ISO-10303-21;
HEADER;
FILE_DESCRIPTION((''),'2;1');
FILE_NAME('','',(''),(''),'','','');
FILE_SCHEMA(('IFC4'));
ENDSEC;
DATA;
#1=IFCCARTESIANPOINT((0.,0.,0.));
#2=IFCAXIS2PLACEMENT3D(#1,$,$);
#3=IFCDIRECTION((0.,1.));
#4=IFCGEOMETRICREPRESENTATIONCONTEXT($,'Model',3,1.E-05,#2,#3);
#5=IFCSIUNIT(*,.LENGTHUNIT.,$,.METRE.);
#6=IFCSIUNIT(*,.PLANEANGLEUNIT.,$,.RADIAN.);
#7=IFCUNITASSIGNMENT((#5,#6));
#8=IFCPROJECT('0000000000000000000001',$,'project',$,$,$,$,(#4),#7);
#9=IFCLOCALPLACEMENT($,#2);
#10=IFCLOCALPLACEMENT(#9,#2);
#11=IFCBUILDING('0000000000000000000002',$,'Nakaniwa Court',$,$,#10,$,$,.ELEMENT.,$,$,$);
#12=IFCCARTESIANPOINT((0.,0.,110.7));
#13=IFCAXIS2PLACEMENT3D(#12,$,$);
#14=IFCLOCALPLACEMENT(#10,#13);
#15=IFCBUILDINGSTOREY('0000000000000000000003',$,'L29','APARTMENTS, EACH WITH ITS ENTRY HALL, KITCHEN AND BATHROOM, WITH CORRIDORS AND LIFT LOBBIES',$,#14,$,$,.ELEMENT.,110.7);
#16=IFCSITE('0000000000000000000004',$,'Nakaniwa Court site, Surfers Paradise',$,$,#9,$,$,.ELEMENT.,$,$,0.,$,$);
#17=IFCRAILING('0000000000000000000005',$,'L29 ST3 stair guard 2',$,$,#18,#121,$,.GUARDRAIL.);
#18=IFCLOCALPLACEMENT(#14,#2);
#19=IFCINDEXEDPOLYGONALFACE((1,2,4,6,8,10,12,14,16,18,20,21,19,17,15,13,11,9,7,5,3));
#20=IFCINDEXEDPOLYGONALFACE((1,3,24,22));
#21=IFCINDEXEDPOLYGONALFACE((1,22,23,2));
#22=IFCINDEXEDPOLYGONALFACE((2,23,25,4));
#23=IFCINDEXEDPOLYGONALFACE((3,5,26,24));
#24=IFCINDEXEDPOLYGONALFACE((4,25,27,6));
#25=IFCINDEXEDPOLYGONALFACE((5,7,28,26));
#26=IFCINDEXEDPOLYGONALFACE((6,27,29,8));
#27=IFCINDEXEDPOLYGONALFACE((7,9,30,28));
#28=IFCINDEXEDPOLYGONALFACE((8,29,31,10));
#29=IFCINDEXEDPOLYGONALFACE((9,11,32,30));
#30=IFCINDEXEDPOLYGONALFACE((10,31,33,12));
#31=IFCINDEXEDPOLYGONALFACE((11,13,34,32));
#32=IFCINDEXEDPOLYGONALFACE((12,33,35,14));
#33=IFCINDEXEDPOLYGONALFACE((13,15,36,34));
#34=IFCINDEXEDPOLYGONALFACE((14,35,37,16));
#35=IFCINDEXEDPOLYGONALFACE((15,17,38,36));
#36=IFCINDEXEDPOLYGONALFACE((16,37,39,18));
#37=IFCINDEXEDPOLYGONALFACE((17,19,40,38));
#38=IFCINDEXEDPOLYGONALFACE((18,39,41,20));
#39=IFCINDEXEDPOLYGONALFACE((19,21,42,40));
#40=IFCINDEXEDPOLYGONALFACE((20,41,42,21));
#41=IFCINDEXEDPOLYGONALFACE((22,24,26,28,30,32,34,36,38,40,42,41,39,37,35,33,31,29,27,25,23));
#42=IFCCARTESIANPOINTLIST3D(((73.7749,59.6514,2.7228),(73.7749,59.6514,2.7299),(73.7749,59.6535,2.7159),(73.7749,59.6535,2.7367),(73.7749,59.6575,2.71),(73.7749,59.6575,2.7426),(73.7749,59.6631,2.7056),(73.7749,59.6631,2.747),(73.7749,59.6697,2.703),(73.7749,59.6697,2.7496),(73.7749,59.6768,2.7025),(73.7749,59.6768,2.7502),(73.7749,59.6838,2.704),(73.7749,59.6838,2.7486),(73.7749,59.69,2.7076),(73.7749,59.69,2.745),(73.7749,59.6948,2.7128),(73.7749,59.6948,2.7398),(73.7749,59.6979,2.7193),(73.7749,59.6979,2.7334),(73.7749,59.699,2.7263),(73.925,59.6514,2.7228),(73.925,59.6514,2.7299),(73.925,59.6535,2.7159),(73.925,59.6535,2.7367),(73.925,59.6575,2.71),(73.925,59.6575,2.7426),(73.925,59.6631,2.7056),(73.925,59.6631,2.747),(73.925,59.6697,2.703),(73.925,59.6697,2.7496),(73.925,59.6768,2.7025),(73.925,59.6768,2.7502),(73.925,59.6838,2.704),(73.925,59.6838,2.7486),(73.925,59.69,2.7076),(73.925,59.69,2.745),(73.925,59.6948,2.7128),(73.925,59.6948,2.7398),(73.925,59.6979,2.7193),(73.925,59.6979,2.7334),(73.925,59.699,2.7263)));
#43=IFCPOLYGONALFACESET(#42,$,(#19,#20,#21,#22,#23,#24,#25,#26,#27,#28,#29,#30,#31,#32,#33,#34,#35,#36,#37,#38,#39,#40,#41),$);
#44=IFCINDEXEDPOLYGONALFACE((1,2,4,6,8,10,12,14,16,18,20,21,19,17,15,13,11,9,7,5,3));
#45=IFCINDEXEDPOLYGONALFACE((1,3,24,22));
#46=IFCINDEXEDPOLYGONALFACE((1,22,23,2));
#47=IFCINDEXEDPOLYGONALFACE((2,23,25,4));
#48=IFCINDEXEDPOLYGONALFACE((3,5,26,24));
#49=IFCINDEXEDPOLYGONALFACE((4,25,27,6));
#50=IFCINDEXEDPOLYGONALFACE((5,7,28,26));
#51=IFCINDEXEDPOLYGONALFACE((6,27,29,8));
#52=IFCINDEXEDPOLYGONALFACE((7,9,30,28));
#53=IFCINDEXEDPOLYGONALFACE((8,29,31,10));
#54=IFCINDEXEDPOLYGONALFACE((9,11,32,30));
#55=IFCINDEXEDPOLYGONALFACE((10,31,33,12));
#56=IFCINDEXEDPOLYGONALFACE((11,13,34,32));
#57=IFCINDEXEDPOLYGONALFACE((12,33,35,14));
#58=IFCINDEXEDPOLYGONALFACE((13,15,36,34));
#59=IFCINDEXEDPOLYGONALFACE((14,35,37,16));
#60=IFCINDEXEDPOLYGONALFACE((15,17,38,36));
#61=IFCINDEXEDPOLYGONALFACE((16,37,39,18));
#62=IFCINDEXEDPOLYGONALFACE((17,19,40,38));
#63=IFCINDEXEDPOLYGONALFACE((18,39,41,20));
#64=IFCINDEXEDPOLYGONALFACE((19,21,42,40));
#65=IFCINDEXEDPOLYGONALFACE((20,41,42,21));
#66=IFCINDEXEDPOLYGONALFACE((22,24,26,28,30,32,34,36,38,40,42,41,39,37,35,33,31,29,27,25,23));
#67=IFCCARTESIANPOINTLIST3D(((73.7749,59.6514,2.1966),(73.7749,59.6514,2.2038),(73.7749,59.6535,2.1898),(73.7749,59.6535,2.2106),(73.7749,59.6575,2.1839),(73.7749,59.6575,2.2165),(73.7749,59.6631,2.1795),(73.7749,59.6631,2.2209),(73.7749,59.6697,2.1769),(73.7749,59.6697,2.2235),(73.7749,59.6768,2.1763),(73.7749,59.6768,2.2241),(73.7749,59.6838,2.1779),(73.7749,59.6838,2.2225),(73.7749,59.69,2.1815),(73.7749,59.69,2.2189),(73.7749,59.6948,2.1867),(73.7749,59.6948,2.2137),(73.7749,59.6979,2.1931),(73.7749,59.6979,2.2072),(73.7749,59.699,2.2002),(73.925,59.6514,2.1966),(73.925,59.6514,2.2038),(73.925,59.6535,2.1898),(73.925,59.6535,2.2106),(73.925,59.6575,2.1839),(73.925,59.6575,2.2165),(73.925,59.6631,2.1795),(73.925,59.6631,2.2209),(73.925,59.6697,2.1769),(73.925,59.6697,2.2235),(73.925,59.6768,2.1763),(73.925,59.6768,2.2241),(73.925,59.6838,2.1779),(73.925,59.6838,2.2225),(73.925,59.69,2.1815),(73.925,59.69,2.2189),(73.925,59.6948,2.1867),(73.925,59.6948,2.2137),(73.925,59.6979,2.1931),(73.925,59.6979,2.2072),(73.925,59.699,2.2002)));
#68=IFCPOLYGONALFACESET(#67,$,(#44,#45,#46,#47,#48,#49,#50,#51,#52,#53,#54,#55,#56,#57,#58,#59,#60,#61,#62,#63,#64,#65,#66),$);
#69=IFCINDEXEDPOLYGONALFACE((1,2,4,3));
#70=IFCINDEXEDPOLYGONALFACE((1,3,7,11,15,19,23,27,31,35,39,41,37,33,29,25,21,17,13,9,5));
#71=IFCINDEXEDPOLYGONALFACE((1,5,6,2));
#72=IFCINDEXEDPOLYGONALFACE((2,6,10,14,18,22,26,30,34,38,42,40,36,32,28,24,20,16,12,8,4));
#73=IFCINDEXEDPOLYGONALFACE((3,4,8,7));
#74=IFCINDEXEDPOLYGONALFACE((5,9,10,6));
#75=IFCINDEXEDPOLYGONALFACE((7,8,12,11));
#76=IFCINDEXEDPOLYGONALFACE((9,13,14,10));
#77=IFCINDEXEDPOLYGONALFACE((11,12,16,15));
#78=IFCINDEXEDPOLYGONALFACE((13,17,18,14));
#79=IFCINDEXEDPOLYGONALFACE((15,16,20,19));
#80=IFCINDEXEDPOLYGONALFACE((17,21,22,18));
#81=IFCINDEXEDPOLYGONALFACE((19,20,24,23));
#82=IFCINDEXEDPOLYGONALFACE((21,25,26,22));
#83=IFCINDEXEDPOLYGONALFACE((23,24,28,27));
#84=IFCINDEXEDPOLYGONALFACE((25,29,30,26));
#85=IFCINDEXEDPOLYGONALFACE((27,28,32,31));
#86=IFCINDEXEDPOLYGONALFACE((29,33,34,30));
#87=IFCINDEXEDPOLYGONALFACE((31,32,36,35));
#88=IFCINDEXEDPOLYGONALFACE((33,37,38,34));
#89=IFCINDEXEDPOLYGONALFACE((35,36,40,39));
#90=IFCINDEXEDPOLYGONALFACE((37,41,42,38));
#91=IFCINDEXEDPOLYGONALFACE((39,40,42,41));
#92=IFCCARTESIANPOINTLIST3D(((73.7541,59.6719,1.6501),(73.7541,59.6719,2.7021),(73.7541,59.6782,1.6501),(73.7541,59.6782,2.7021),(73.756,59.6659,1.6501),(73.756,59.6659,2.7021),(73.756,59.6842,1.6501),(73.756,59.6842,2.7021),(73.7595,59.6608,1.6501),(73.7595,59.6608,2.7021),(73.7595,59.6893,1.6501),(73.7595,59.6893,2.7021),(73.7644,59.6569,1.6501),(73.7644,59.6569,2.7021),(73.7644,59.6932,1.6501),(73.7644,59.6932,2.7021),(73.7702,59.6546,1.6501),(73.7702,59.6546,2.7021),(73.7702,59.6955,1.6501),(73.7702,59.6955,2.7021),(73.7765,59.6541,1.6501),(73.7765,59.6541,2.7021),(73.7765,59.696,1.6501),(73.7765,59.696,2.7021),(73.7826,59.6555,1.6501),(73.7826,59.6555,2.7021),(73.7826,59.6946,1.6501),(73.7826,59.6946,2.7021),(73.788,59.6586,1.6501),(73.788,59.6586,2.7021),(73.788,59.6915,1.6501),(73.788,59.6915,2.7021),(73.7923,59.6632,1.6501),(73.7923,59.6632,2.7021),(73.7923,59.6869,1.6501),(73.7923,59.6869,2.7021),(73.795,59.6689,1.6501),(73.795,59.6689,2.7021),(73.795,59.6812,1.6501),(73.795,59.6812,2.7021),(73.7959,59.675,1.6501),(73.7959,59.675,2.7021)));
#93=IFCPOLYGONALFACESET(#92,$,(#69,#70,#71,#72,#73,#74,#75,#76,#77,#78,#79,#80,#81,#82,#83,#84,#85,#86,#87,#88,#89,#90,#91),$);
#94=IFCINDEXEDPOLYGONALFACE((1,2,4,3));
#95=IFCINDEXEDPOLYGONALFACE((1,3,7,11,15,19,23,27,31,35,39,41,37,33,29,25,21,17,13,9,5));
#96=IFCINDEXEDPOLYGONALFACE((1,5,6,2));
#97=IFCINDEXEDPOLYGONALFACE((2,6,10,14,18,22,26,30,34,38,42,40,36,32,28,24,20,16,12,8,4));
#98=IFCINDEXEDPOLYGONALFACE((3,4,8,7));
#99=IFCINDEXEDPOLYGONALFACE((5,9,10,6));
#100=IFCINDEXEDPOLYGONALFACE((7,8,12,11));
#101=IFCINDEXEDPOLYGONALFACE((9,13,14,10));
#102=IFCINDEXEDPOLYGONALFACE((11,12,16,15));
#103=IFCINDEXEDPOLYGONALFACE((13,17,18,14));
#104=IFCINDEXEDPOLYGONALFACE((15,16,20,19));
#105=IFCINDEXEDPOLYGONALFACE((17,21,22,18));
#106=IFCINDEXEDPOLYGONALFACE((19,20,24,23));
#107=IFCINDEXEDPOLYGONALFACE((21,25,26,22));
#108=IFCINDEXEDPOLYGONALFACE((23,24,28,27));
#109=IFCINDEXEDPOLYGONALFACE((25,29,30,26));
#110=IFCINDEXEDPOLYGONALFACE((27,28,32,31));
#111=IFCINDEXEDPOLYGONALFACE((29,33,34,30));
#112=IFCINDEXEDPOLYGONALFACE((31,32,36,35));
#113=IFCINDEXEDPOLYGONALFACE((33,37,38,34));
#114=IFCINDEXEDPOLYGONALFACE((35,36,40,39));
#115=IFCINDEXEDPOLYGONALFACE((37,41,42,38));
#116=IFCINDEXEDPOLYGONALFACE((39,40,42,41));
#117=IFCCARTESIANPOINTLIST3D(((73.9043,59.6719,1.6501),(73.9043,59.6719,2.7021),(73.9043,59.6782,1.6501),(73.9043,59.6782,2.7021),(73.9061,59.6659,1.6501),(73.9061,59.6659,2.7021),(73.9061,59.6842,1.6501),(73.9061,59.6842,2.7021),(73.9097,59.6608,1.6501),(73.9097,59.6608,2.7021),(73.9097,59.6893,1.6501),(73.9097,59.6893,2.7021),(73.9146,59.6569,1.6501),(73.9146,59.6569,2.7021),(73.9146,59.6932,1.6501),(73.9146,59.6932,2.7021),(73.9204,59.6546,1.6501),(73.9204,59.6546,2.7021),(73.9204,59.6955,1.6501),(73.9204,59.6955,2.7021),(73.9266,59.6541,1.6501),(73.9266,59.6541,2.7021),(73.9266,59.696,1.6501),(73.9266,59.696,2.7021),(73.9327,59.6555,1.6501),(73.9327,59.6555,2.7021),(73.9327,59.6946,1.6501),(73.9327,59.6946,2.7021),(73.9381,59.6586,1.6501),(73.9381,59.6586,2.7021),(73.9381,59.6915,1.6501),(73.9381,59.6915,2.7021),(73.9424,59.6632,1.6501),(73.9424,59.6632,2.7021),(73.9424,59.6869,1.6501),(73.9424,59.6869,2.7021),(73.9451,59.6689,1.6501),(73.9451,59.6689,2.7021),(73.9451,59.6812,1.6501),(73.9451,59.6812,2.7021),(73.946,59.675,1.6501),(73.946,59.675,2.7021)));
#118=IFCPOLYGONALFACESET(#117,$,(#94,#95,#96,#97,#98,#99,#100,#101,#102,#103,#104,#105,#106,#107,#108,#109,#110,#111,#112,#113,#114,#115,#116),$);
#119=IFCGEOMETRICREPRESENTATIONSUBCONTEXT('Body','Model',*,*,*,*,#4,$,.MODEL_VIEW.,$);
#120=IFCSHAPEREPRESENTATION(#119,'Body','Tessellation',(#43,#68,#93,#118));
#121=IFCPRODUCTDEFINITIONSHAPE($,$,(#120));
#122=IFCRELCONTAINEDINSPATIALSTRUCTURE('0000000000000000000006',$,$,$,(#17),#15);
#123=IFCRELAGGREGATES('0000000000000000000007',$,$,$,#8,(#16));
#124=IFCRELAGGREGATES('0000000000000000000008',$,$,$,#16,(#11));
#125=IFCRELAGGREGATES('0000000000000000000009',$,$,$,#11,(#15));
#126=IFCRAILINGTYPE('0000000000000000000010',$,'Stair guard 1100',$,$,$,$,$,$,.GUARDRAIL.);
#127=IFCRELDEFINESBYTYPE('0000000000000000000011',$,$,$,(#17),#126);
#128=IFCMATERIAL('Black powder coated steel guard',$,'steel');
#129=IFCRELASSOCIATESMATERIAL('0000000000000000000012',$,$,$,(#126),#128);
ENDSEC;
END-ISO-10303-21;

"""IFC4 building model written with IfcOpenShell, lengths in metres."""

from ifc_helpers import new_model, si_unit, direction, frame, origin, origin_2d, place, context, subcontext, project, spatial, circle, extrude, material, type_object, element, save


model = new_model("IFC4")

# Units and contexts
model_context = context("Model", 3, precision=1e-05, world=origin(), true_north=direction((0.0, 1.0)))
body_context = subcontext(model_context, "Body", "Model", "MODEL_VIEW")
ifc_project = project(units=[si_unit("LENGTHUNIT", "METRE"), si_unit("PLANEANGLEUNIT", "RADIAN")], contexts=[model_context])

# Site, building, storey
site_placement = place(None, origin())
site = spatial("IfcSite", under=ifc_project, at=site_placement, Name="Nakaniwa Court site, Surfers Paradise", CompositionType="ELEMENT", RefElevation=0.0)
building_placement = place(site_placement, origin())
building = spatial("IfcBuilding", under=site, at=building_placement, Name="Nakaniwa Court", CompositionType="ELEMENT")
storey_placement = place(building_placement, frame((0.0, 0.0, 110.7)))
storey = spatial("IfcBuildingStorey", under=building, at=storey_placement, Name="L29", Description="APARTMENTS, EACH WITH ITS ENTRY HALL, KITCHEN AND BATHROOM, WITH CORRIDORS AND LIFT LOBBIES", CompositionType="ELEMENT", Elevation=110.7)

# Railing
ifc_material_1 = material(Name="Black powder coated steel guard", Category="steel")
railing_type_1 = type_object("IfcRailingType", Name="Stair guard 1100", PredefinedType="GUARDRAIL", material=ifc_material_1)
railing_1_placement = place(storey_placement, frame((73.7749, 59.675, 1.6501)))
element("IfcRailing", 1, at=railing_1_placement, inside=storey, type_object=railing_type_1, Name="L29 ST3 stair guard 2", PredefinedType="GUARDRAIL", context=body_context, shape_type="SweptSolid", body=[
    extrude(circle(Radius=0.0239, at=origin_2d()), frame((0.0, 0.0, 1.0762), z_axis=(1.0, 0.0, 0.0), x_axis=(0.0, 1.0, 0.0)), (0.0, 0.0, 1.0), 0.1501),
    extrude(circle(Radius=0.0239, at=origin_2d()), frame((0.0, 0.0, 0.55), z_axis=(1.0, 0.0, 0.0), x_axis=(0.0, 1.0, 0.0)), (0.0, 0.0, 1.0), 0.1501),
    extrude(circle(Radius=0.021, at=origin_2d()), origin(), (0.0, 0.0, 1.0), 1.052),
    extrude(circle(Radius=0.021, at=origin_2d()), frame((0.1501, 0.0, 0.0)), (0.0, 0.0, 1.0), 1.052),
])

save(model, "model.ifc")
